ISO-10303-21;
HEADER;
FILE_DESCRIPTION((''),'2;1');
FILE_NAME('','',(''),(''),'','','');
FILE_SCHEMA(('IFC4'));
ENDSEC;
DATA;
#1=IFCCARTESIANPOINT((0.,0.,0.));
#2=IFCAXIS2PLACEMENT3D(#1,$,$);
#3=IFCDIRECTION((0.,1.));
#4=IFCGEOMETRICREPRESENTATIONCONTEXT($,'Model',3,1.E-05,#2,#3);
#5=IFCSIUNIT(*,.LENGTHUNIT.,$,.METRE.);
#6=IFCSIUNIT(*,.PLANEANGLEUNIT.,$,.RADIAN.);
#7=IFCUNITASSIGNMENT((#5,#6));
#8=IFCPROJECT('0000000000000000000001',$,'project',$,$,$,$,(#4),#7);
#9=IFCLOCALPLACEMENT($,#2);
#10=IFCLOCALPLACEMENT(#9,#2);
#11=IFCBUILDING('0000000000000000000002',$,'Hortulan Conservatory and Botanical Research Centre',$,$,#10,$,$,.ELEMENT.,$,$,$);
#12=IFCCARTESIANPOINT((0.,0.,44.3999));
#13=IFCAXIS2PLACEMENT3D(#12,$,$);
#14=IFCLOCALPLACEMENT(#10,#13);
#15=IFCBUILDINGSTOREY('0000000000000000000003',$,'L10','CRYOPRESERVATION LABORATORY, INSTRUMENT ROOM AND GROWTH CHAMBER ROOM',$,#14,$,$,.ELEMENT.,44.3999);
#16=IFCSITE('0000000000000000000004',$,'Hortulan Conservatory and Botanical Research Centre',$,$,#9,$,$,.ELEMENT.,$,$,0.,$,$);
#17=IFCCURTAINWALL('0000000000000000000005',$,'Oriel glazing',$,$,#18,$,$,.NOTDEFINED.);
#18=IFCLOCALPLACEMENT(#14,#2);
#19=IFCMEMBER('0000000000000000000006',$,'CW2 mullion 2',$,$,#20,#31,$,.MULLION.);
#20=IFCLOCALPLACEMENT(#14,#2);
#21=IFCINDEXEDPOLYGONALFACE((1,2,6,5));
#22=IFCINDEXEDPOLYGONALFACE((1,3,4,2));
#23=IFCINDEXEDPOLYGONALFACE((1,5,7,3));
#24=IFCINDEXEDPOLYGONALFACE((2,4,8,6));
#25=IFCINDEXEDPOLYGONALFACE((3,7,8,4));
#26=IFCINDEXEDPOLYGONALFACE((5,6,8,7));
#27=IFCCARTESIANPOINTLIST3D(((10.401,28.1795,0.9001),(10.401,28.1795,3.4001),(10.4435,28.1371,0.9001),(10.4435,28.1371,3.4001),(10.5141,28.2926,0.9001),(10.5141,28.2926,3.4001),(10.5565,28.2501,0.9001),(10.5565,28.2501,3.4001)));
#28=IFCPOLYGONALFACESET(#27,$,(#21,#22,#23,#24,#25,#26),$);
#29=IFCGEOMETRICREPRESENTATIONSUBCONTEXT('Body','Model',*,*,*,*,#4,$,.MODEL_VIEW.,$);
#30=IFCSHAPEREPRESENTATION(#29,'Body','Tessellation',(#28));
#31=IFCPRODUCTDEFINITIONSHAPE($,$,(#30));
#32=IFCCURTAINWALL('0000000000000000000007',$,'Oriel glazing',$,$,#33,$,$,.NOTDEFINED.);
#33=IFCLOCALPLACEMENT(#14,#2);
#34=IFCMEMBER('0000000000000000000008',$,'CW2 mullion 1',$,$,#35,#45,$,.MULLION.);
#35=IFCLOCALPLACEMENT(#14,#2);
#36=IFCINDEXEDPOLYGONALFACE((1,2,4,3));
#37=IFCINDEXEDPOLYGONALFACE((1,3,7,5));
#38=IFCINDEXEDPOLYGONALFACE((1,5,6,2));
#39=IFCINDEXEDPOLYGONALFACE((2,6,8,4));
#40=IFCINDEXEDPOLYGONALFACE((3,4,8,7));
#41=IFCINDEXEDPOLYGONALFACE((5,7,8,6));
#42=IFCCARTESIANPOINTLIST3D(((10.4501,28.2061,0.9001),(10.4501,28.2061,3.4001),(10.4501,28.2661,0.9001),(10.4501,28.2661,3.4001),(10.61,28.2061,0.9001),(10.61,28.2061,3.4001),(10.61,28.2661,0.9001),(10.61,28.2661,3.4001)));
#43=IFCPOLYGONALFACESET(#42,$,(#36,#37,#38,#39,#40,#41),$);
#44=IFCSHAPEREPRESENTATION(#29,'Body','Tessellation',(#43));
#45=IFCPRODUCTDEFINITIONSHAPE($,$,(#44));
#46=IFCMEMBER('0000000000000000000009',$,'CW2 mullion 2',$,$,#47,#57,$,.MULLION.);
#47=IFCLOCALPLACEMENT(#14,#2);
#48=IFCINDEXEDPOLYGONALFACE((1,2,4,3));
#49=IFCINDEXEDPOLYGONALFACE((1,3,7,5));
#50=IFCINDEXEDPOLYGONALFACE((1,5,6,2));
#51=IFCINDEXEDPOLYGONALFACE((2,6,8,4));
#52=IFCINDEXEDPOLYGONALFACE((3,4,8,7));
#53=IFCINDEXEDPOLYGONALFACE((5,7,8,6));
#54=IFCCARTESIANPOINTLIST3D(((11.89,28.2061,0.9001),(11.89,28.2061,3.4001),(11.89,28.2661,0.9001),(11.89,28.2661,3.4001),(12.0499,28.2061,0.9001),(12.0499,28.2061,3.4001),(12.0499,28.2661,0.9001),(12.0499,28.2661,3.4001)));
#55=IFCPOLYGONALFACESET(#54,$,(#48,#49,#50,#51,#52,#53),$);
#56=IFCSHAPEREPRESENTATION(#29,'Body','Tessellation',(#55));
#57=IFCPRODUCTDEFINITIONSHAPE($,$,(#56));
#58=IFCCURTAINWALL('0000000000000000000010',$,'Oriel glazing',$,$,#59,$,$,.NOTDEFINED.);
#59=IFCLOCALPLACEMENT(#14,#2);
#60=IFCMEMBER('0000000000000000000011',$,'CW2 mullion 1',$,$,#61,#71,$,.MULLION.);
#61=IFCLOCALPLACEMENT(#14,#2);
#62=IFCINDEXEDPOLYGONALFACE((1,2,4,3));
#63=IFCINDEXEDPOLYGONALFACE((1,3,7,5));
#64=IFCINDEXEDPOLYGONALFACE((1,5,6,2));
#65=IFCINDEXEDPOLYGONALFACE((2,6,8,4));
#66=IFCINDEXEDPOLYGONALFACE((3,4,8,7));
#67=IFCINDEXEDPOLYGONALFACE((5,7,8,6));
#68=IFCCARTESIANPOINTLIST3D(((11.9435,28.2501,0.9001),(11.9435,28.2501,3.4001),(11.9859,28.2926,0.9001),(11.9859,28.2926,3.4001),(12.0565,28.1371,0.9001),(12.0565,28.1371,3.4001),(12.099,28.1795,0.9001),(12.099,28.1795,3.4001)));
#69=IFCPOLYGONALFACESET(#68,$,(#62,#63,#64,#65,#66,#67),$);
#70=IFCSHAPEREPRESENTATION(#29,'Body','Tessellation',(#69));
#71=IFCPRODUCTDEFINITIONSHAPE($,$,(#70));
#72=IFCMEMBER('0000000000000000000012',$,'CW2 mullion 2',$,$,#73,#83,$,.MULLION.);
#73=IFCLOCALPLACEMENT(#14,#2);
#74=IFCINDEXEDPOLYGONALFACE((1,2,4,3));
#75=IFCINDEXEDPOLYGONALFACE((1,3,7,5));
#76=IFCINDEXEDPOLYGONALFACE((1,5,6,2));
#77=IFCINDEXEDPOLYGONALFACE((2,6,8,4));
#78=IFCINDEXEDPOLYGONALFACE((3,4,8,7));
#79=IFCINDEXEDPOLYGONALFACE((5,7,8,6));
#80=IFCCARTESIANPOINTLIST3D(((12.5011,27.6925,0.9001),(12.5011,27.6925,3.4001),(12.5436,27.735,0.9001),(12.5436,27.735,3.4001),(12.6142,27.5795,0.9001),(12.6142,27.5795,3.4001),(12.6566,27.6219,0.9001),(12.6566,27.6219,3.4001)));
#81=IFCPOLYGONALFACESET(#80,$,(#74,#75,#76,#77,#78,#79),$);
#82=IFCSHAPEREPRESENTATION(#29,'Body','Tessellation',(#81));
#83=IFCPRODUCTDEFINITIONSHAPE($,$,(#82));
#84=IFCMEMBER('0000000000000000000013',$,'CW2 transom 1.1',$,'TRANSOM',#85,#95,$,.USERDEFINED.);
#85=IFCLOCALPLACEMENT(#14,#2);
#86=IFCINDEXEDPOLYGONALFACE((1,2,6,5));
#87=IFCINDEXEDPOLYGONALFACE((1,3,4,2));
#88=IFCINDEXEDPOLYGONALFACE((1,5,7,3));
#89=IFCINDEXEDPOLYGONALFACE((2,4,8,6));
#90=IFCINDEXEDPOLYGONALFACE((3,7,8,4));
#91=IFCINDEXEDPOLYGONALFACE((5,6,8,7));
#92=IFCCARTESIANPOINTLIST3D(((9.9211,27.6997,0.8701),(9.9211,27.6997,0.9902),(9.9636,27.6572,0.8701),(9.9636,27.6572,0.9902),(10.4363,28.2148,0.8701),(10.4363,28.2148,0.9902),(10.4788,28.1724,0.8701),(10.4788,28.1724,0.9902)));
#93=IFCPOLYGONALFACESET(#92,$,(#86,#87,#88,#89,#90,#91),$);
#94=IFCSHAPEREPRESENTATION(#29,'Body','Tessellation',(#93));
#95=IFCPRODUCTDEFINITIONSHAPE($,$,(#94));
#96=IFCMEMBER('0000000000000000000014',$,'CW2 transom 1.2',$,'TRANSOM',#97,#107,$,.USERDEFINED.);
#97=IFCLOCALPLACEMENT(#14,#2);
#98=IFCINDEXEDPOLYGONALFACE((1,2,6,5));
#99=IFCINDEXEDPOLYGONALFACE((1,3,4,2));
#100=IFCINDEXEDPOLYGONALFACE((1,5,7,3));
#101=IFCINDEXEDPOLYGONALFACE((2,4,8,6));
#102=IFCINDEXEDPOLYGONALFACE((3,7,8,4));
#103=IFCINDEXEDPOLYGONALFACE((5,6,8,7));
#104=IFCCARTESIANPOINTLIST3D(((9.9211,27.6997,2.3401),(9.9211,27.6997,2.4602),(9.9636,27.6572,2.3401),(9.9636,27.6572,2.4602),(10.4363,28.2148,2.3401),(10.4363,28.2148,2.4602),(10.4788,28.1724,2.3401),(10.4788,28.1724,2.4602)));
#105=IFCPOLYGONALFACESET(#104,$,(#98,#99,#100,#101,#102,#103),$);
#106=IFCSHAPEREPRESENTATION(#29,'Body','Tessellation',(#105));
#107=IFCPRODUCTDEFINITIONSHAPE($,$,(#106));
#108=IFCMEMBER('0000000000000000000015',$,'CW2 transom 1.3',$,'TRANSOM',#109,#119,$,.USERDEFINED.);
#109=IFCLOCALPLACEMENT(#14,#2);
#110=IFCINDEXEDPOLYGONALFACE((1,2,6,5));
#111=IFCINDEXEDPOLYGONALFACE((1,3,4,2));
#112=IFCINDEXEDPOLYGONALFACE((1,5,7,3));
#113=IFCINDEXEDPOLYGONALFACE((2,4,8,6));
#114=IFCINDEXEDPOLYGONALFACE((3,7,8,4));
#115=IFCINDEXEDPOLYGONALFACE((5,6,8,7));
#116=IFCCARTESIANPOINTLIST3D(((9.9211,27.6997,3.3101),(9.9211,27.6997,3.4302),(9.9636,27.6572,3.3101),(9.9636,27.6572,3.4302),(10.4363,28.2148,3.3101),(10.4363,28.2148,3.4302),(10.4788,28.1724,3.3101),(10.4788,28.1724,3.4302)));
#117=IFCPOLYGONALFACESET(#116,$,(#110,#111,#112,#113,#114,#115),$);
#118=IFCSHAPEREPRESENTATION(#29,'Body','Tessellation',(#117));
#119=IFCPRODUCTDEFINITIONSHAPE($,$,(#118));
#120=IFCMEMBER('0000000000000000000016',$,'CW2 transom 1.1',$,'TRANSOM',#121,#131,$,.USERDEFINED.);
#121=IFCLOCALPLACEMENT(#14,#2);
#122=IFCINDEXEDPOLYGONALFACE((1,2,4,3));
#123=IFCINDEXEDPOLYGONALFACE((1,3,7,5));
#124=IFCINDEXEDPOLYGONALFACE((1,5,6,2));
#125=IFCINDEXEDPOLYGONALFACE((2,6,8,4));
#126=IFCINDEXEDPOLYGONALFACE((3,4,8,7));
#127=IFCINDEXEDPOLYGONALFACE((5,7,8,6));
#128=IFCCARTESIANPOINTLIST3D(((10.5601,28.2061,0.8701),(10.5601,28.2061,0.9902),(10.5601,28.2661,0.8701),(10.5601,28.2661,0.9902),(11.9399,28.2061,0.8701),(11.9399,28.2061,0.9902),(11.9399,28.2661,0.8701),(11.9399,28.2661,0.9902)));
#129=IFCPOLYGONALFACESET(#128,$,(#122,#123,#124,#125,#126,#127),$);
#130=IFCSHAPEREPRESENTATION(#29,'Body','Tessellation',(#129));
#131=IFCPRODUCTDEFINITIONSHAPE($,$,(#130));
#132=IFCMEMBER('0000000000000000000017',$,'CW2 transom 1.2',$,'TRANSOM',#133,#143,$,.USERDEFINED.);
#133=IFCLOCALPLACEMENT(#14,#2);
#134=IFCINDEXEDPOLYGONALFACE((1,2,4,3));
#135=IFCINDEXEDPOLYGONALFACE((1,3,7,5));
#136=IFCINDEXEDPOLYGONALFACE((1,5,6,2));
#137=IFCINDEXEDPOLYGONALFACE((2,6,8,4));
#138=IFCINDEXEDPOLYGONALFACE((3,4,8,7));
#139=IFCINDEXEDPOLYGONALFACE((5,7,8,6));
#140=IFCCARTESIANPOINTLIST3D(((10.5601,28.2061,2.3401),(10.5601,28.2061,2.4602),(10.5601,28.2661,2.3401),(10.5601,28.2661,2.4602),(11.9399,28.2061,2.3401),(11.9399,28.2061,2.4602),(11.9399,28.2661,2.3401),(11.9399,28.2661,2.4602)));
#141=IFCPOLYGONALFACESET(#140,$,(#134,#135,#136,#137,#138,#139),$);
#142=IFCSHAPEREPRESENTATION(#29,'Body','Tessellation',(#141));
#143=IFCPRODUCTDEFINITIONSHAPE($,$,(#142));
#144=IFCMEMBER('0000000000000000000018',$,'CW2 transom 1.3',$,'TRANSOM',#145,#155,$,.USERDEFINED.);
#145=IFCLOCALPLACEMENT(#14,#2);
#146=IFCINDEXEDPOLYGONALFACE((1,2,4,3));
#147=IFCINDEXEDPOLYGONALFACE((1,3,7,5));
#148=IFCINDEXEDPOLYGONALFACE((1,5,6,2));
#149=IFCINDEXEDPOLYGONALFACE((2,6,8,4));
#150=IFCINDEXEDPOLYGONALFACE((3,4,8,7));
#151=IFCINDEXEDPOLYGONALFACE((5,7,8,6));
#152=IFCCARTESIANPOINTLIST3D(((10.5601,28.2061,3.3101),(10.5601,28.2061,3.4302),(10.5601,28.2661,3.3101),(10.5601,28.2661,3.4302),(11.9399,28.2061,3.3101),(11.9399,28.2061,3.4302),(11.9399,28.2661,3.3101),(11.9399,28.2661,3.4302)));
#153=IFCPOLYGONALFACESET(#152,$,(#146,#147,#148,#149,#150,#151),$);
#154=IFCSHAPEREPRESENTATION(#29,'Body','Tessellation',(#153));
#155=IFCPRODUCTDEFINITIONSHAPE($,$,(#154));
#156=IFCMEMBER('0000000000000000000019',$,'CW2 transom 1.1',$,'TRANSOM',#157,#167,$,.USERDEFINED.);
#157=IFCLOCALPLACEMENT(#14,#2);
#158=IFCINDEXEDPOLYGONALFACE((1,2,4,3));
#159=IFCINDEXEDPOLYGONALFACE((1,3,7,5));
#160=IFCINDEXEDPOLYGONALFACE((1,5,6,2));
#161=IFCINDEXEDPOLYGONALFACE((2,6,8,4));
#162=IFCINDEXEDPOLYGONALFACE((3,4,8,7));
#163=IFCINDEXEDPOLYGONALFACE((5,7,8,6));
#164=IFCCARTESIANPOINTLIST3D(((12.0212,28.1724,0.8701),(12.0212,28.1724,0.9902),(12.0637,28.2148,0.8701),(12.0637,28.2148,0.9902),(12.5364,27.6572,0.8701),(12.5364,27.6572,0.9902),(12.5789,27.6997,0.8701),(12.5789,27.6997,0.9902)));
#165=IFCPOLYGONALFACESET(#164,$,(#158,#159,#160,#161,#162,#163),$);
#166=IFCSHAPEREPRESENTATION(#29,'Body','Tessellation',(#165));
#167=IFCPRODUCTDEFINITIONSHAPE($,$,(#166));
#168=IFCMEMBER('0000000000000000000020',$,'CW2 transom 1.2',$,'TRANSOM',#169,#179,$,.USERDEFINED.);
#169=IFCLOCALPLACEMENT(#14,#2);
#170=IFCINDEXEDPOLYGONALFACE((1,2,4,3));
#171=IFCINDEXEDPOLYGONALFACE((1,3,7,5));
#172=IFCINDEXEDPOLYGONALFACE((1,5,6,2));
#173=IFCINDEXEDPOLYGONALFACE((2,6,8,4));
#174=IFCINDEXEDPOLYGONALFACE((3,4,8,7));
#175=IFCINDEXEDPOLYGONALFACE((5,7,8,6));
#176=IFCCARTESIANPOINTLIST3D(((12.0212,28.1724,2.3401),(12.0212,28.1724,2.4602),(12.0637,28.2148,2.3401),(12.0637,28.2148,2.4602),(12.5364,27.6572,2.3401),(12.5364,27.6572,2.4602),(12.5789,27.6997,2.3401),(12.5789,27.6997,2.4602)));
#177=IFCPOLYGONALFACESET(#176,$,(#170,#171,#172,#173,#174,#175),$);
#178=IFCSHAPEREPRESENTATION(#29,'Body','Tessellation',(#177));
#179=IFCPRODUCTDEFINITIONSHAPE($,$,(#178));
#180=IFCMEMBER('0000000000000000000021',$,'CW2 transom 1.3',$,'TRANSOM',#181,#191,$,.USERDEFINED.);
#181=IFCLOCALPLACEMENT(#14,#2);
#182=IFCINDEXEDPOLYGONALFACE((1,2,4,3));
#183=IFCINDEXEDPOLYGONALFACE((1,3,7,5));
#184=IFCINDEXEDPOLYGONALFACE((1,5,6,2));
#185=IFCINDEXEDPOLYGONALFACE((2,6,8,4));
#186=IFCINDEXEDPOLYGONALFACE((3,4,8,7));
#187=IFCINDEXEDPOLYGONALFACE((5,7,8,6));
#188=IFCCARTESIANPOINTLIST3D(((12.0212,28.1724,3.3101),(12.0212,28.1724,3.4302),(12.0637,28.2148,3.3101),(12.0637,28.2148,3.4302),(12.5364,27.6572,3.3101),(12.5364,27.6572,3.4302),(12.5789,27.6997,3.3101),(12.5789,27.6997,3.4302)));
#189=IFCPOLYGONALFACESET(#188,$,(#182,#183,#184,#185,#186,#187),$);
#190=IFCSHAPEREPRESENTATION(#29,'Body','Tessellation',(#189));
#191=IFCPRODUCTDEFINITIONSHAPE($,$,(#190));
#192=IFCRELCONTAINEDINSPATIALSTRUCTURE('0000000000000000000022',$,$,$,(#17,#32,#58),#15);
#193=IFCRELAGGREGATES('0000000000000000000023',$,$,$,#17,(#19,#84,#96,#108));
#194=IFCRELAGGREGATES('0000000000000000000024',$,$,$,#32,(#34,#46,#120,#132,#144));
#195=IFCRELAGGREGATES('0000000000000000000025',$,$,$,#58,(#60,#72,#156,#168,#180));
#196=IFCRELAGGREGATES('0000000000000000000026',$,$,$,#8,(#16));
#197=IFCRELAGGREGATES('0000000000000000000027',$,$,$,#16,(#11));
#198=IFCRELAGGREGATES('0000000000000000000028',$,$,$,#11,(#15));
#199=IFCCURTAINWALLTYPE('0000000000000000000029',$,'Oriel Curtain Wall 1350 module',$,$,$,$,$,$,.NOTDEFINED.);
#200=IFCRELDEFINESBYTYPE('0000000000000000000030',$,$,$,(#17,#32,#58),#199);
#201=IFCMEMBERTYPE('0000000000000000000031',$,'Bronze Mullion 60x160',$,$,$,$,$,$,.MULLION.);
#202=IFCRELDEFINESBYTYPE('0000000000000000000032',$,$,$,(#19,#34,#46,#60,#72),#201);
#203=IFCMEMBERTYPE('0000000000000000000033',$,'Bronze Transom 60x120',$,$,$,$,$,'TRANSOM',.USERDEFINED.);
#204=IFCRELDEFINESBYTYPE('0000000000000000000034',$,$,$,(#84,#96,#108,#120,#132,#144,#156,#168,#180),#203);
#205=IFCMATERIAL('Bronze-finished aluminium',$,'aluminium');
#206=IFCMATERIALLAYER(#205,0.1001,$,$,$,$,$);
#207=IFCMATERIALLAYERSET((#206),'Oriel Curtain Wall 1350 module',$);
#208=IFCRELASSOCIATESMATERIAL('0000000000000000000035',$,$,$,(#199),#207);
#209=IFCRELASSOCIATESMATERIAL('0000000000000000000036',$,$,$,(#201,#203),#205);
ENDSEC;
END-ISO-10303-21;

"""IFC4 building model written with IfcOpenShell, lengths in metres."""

from ifc_helpers import new_model, si_unit, direction, frame, origin, origin_2d, place, context, subcontext, project, spatial, rectangle, extrude, material, layer, layer_set, material_profile, profile_set, type_object, element, aggregate, save


model = new_model("IFC4")

# Units and contexts
model_context = context("Model", 3, precision=1e-05, world=origin(), true_north=direction((0.0, 1.0)))
body_context = subcontext(model_context, "Body", "Model", "MODEL_VIEW")
ifc_project = project(units=[si_unit("LENGTHUNIT", "METRE"), si_unit("PLANEANGLEUNIT", "RADIAN")], contexts=[model_context])

# Site, building, storey
site_placement = place(None, origin())
site = spatial("IfcSite", under=ifc_project, at=site_placement, Name="Hortulan Conservatory and Botanical Research Centre", CompositionType="ELEMENT", RefElevation=0.0)
building_placement = place(site_placement, origin())
building = spatial("IfcBuilding", under=site, at=building_placement, Name="Hortulan Conservatory and Botanical Research Centre", CompositionType="ELEMENT")
storey_placement = place(building_placement, frame((0.0, 0.0, 44.3999)))
storey = spatial("IfcBuildingStorey", under=building, at=storey_placement, Name="L10", Description="CRYOPRESERVATION LABORATORY, INSTRUMENT ROOM AND GROWTH CHAMBER ROOM", CompositionType="ELEMENT", Elevation=44.3999)

# Curtain wall, member
ifc_material_1 = material(Name="Bronze-finished aluminium", Category="aluminium")
ifc_layer_1 = layer(ifc_material_1, 0.1001)
ifc_layer_set_1 = layer_set([ifc_layer_1], Name="Oriel Curtain Wall 1350 module")
curtain_wall_type = type_object("IfcCurtainWallType", Name="Oriel Curtain Wall 1350 module", PredefinedType="NOTDEFINED", material=ifc_layer_set_1)
curtain_wall_1_placement = place(storey_placement, origin())
curtain_wall_1 = element("IfcCurtainWall", 1, at=curtain_wall_1_placement, inside=storey, type_object=curtain_wall_type, Name="Oriel glazing", PredefinedType="NOTDEFINED")
ifc_material_profile_1 = material_profile(ifc_material_1, rectangle(XDim=0.0601, YDim=0.1599, at=origin_2d()), Name="Bronze Mullion 60x160")
ifc_profile_set_1 = profile_set([ifc_material_profile_1], Name="Bronze-finished aluminium")
member_type_1 = type_object("IfcMemberType", Name="Bronze Mullion 60x160", PredefinedType="MULLION", material=ifc_profile_set_1)
member_1_placement = place(storey_placement, frame((10.4788, 28.2148, 0.9001), z_axis=(0.0, 0.0, 1.0), x_axis=(-0.707107, 0.707107, 0.0)))
member_1 = element("IfcMember", 2, at=member_1_placement, type_object=member_type_1, Name="CW2 mullion 2", PredefinedType="MULLION", context=body_context, shape_type="SweptSolid", body=[
    extrude(rectangle(XDim=0.0601, YDim=0.1599, at=origin_2d()), origin(), (0.0, 0.0, 1.0), 2.5),
])

# Curtain walls, members
curtain_wall_2_placement = place(storey_placement, origin())
curtain_wall_2 = element("IfcCurtainWall", 3, at=curtain_wall_2_placement, inside=storey, type_object=curtain_wall_type, Name="Oriel glazing", PredefinedType="NOTDEFINED")
member_2_placement = place(storey_placement, frame((10.53, 28.2361, 0.9001), z_axis=(0.0, 0.0, 1.0), x_axis=(0.0, 1.0, 0.0)))
member_2 = element("IfcMember", 4, at=member_2_placement, type_object=member_type_1, Name="CW2 mullion 1", PredefinedType="MULLION", context=body_context, shape_type="SweptSolid", body=[
    extrude(rectangle(XDim=0.0601, YDim=0.1599, at=origin_2d()), origin(), (0.0, 0.0, 1.0), 2.5),
])
member_3_placement = place(storey_placement, frame((11.97, 28.2361, 0.9001), z_axis=(0.0, 0.0, 1.0), x_axis=(0.0, 1.0, 0.0)))
member_3 = element("IfcMember", 5, at=member_3_placement, type_object=member_type_1, Name="CW2 mullion 2", PredefinedType="MULLION", context=body_context, shape_type="SweptSolid", body=[
    extrude(rectangle(XDim=0.0601, YDim=0.1599, at=origin_2d()), origin(), (0.0, 0.0, 1.0), 2.5),
])
curtain_wall_3_placement = place(storey_placement, origin())
curtain_wall_3 = element("IfcCurtainWall", 6, at=curtain_wall_3_placement, inside=storey, type_object=curtain_wall_type, Name="Oriel glazing", PredefinedType="NOTDEFINED")
member_4_placement = place(storey_placement, frame((12.0212, 28.2148, 0.9001), z_axis=(0.0, 0.0, 1.0), x_axis=(0.707107, 0.707107, 0.0)))
member_4 = element("IfcMember", 7, at=member_4_placement, type_object=member_type_1, Name="CW2 mullion 1", PredefinedType="MULLION", context=body_context, shape_type="SweptSolid", body=[
    extrude(rectangle(XDim=0.0601, YDim=0.1599, at=origin_2d()), origin(), (0.0, 0.0, 1.0), 2.5),
])
member_5_placement = place(storey_placement, frame((12.5789, 27.6572, 0.9001), z_axis=(0.0, 0.0, 1.0), x_axis=(0.707107, 0.707107, 0.0)))
member_5 = element("IfcMember", 8, at=member_5_placement, type_object=member_type_1, Name="CW2 mullion 2", PredefinedType="MULLION", context=body_context, shape_type="SweptSolid", body=[
    extrude(rectangle(XDim=0.0601, YDim=0.1599, at=origin_2d()), origin(), (0.0, 0.0, 1.0), 2.5),
])

# Members
ifc_material_profile_2 = material_profile(ifc_material_1, rectangle(XDim=0.0601, YDim=0.1201, at=origin_2d()), Name="Bronze Transom 60x120")
ifc_profile_set_2 = profile_set([ifc_material_profile_2], Name="Bronze-finished aluminium")
member_type_2 = type_object("IfcMemberType", Name="Bronze Transom 60x120", ElementType="TRANSOM", PredefinedType="USERDEFINED", material=ifc_profile_set_2)
member_6_placement = place(storey_placement, frame((9.9424, 27.6785, 0.9302), z_axis=(0.707107, 0.707107, 0.0), x_axis=(-0.707107, 0.707107, 0.0)))
member_6 = element("IfcMember", 9, at=member_6_placement, type_object=member_type_2, Name="CW2 transom 1.1", ObjectType="TRANSOM", PredefinedType="USERDEFINED", context=body_context, shape_type="SweptSolid", body=[
    extrude(rectangle(XDim=0.0601, YDim=0.1201, at=origin_2d()), origin(), (0.0, 0.0, 1.0), 0.7285),
])
member_7_placement = place(storey_placement, frame((9.9424, 27.6785, 2.4001), z_axis=(0.707107, 0.707107, 0.0), x_axis=(-0.707107, 0.707107, 0.0)))
member_7 = element("IfcMember", 10, at=member_7_placement, type_object=member_type_2, Name="CW2 transom 1.2", ObjectType="TRANSOM", PredefinedType="USERDEFINED", context=body_context, shape_type="SweptSolid", body=[
    extrude(rectangle(XDim=0.0601, YDim=0.1201, at=origin_2d()), origin(), (0.0, 0.0, 1.0), 0.7285),
])
member_8_placement = place(storey_placement, frame((9.9424, 27.6785, 3.3701), z_axis=(0.707107, 0.707107, 0.0), x_axis=(-0.707107, 0.707107, 0.0)))
member_8 = element("IfcMember", 11, at=member_8_placement, type_object=member_type_2, Name="CW2 transom 1.3", ObjectType="TRANSOM", PredefinedType="USERDEFINED", context=body_context, shape_type="SweptSolid", body=[
    extrude(rectangle(XDim=0.0601, YDim=0.1201, at=origin_2d()), origin(), (0.0, 0.0, 1.0), 0.7285),
])
member_9_placement = place(storey_placement, frame((10.5601, 28.2361, 0.9302), z_axis=(1.0, 0.0, 0.0), x_axis=(0.0, 1.0, 0.0)))
member_9 = element("IfcMember", 12, at=member_9_placement, type_object=member_type_2, Name="CW2 transom 1.1", ObjectType="TRANSOM", PredefinedType="USERDEFINED", context=body_context, shape_type="SweptSolid", body=[
    extrude(rectangle(XDim=0.0601, YDim=0.1201, at=origin_2d()), origin(), (0.0, 0.0, 1.0), 1.3799),
])
member_10_placement = place(storey_placement, frame((10.5601, 28.2361, 2.4001), z_axis=(1.0, 0.0, 0.0), x_axis=(0.0, 1.0, 0.0)))
member_10 = element("IfcMember", 13, at=member_10_placement, type_object=member_type_2, Name="CW2 transom 1.2", ObjectType="TRANSOM", PredefinedType="USERDEFINED", context=body_context, shape_type="SweptSolid", body=[
    extrude(rectangle(XDim=0.0601, YDim=0.1201, at=origin_2d()), origin(), (0.0, 0.0, 1.0), 1.3799),
])
member_11_placement = place(storey_placement, frame((10.5601, 28.2361, 3.3701), z_axis=(1.0, 0.0, 0.0), x_axis=(0.0, 1.0, 0.0)))
member_11 = element("IfcMember", 14, at=member_11_placement, type_object=member_type_2, Name="CW2 transom 1.3", ObjectType="TRANSOM", PredefinedType="USERDEFINED", context=body_context, shape_type="SweptSolid", body=[
    extrude(rectangle(XDim=0.0601, YDim=0.1201, at=origin_2d()), origin(), (0.0, 0.0, 1.0), 1.3799),
])
member_12_placement = place(storey_placement, frame((12.0425, 28.1936, 0.9302), z_axis=(0.707107, -0.707107, 0.0), x_axis=(0.707107, 0.707107, 0.0)))
member_12 = element("IfcMember", 15, at=member_12_placement, type_object=member_type_2, Name="CW2 transom 1.1", ObjectType="TRANSOM", PredefinedType="USERDEFINED", context=body_context, shape_type="SweptSolid", body=[
    extrude(rectangle(XDim=0.0601, YDim=0.1201, at=origin_2d()), origin(), (0.0, 0.0, 1.0), 0.7285),
])
member_13_placement = place(storey_placement, frame((12.0425, 28.1936, 2.4001), z_axis=(0.707107, -0.707107, 0.0), x_axis=(0.707107, 0.707107, 0.0)))
member_13 = element("IfcMember", 16, at=member_13_placement, type_object=member_type_2, Name="CW2 transom 1.2", ObjectType="TRANSOM", PredefinedType="USERDEFINED", context=body_context, shape_type="SweptSolid", body=[
    extrude(rectangle(XDim=0.0601, YDim=0.1201, at=origin_2d()), origin(), (0.0, 0.0, 1.0), 0.7285),
])
member_14_placement = place(storey_placement, frame((12.0425, 28.1936, 3.3701), z_axis=(0.707107, -0.707107, 0.0), x_axis=(0.707107, 0.707107, 0.0)))
member_14 = element("IfcMember", 17, at=member_14_placement, type_object=member_type_2, Name="CW2 transom 1.3", ObjectType="TRANSOM", PredefinedType="USERDEFINED", context=body_context, shape_type="SweptSolid", body=[
    extrude(rectangle(XDim=0.0601, YDim=0.1201, at=origin_2d()), origin(), (0.0, 0.0, 1.0), 0.7285),
])

aggregate(curtain_wall_1, [member_1, member_6, member_7, member_8])
aggregate(curtain_wall_2, [member_2, member_3, member_9, member_10, member_11])
aggregate(curtain_wall_3, [member_4, member_5, member_12, member_13, member_14])

save(model, "model.ifc")
